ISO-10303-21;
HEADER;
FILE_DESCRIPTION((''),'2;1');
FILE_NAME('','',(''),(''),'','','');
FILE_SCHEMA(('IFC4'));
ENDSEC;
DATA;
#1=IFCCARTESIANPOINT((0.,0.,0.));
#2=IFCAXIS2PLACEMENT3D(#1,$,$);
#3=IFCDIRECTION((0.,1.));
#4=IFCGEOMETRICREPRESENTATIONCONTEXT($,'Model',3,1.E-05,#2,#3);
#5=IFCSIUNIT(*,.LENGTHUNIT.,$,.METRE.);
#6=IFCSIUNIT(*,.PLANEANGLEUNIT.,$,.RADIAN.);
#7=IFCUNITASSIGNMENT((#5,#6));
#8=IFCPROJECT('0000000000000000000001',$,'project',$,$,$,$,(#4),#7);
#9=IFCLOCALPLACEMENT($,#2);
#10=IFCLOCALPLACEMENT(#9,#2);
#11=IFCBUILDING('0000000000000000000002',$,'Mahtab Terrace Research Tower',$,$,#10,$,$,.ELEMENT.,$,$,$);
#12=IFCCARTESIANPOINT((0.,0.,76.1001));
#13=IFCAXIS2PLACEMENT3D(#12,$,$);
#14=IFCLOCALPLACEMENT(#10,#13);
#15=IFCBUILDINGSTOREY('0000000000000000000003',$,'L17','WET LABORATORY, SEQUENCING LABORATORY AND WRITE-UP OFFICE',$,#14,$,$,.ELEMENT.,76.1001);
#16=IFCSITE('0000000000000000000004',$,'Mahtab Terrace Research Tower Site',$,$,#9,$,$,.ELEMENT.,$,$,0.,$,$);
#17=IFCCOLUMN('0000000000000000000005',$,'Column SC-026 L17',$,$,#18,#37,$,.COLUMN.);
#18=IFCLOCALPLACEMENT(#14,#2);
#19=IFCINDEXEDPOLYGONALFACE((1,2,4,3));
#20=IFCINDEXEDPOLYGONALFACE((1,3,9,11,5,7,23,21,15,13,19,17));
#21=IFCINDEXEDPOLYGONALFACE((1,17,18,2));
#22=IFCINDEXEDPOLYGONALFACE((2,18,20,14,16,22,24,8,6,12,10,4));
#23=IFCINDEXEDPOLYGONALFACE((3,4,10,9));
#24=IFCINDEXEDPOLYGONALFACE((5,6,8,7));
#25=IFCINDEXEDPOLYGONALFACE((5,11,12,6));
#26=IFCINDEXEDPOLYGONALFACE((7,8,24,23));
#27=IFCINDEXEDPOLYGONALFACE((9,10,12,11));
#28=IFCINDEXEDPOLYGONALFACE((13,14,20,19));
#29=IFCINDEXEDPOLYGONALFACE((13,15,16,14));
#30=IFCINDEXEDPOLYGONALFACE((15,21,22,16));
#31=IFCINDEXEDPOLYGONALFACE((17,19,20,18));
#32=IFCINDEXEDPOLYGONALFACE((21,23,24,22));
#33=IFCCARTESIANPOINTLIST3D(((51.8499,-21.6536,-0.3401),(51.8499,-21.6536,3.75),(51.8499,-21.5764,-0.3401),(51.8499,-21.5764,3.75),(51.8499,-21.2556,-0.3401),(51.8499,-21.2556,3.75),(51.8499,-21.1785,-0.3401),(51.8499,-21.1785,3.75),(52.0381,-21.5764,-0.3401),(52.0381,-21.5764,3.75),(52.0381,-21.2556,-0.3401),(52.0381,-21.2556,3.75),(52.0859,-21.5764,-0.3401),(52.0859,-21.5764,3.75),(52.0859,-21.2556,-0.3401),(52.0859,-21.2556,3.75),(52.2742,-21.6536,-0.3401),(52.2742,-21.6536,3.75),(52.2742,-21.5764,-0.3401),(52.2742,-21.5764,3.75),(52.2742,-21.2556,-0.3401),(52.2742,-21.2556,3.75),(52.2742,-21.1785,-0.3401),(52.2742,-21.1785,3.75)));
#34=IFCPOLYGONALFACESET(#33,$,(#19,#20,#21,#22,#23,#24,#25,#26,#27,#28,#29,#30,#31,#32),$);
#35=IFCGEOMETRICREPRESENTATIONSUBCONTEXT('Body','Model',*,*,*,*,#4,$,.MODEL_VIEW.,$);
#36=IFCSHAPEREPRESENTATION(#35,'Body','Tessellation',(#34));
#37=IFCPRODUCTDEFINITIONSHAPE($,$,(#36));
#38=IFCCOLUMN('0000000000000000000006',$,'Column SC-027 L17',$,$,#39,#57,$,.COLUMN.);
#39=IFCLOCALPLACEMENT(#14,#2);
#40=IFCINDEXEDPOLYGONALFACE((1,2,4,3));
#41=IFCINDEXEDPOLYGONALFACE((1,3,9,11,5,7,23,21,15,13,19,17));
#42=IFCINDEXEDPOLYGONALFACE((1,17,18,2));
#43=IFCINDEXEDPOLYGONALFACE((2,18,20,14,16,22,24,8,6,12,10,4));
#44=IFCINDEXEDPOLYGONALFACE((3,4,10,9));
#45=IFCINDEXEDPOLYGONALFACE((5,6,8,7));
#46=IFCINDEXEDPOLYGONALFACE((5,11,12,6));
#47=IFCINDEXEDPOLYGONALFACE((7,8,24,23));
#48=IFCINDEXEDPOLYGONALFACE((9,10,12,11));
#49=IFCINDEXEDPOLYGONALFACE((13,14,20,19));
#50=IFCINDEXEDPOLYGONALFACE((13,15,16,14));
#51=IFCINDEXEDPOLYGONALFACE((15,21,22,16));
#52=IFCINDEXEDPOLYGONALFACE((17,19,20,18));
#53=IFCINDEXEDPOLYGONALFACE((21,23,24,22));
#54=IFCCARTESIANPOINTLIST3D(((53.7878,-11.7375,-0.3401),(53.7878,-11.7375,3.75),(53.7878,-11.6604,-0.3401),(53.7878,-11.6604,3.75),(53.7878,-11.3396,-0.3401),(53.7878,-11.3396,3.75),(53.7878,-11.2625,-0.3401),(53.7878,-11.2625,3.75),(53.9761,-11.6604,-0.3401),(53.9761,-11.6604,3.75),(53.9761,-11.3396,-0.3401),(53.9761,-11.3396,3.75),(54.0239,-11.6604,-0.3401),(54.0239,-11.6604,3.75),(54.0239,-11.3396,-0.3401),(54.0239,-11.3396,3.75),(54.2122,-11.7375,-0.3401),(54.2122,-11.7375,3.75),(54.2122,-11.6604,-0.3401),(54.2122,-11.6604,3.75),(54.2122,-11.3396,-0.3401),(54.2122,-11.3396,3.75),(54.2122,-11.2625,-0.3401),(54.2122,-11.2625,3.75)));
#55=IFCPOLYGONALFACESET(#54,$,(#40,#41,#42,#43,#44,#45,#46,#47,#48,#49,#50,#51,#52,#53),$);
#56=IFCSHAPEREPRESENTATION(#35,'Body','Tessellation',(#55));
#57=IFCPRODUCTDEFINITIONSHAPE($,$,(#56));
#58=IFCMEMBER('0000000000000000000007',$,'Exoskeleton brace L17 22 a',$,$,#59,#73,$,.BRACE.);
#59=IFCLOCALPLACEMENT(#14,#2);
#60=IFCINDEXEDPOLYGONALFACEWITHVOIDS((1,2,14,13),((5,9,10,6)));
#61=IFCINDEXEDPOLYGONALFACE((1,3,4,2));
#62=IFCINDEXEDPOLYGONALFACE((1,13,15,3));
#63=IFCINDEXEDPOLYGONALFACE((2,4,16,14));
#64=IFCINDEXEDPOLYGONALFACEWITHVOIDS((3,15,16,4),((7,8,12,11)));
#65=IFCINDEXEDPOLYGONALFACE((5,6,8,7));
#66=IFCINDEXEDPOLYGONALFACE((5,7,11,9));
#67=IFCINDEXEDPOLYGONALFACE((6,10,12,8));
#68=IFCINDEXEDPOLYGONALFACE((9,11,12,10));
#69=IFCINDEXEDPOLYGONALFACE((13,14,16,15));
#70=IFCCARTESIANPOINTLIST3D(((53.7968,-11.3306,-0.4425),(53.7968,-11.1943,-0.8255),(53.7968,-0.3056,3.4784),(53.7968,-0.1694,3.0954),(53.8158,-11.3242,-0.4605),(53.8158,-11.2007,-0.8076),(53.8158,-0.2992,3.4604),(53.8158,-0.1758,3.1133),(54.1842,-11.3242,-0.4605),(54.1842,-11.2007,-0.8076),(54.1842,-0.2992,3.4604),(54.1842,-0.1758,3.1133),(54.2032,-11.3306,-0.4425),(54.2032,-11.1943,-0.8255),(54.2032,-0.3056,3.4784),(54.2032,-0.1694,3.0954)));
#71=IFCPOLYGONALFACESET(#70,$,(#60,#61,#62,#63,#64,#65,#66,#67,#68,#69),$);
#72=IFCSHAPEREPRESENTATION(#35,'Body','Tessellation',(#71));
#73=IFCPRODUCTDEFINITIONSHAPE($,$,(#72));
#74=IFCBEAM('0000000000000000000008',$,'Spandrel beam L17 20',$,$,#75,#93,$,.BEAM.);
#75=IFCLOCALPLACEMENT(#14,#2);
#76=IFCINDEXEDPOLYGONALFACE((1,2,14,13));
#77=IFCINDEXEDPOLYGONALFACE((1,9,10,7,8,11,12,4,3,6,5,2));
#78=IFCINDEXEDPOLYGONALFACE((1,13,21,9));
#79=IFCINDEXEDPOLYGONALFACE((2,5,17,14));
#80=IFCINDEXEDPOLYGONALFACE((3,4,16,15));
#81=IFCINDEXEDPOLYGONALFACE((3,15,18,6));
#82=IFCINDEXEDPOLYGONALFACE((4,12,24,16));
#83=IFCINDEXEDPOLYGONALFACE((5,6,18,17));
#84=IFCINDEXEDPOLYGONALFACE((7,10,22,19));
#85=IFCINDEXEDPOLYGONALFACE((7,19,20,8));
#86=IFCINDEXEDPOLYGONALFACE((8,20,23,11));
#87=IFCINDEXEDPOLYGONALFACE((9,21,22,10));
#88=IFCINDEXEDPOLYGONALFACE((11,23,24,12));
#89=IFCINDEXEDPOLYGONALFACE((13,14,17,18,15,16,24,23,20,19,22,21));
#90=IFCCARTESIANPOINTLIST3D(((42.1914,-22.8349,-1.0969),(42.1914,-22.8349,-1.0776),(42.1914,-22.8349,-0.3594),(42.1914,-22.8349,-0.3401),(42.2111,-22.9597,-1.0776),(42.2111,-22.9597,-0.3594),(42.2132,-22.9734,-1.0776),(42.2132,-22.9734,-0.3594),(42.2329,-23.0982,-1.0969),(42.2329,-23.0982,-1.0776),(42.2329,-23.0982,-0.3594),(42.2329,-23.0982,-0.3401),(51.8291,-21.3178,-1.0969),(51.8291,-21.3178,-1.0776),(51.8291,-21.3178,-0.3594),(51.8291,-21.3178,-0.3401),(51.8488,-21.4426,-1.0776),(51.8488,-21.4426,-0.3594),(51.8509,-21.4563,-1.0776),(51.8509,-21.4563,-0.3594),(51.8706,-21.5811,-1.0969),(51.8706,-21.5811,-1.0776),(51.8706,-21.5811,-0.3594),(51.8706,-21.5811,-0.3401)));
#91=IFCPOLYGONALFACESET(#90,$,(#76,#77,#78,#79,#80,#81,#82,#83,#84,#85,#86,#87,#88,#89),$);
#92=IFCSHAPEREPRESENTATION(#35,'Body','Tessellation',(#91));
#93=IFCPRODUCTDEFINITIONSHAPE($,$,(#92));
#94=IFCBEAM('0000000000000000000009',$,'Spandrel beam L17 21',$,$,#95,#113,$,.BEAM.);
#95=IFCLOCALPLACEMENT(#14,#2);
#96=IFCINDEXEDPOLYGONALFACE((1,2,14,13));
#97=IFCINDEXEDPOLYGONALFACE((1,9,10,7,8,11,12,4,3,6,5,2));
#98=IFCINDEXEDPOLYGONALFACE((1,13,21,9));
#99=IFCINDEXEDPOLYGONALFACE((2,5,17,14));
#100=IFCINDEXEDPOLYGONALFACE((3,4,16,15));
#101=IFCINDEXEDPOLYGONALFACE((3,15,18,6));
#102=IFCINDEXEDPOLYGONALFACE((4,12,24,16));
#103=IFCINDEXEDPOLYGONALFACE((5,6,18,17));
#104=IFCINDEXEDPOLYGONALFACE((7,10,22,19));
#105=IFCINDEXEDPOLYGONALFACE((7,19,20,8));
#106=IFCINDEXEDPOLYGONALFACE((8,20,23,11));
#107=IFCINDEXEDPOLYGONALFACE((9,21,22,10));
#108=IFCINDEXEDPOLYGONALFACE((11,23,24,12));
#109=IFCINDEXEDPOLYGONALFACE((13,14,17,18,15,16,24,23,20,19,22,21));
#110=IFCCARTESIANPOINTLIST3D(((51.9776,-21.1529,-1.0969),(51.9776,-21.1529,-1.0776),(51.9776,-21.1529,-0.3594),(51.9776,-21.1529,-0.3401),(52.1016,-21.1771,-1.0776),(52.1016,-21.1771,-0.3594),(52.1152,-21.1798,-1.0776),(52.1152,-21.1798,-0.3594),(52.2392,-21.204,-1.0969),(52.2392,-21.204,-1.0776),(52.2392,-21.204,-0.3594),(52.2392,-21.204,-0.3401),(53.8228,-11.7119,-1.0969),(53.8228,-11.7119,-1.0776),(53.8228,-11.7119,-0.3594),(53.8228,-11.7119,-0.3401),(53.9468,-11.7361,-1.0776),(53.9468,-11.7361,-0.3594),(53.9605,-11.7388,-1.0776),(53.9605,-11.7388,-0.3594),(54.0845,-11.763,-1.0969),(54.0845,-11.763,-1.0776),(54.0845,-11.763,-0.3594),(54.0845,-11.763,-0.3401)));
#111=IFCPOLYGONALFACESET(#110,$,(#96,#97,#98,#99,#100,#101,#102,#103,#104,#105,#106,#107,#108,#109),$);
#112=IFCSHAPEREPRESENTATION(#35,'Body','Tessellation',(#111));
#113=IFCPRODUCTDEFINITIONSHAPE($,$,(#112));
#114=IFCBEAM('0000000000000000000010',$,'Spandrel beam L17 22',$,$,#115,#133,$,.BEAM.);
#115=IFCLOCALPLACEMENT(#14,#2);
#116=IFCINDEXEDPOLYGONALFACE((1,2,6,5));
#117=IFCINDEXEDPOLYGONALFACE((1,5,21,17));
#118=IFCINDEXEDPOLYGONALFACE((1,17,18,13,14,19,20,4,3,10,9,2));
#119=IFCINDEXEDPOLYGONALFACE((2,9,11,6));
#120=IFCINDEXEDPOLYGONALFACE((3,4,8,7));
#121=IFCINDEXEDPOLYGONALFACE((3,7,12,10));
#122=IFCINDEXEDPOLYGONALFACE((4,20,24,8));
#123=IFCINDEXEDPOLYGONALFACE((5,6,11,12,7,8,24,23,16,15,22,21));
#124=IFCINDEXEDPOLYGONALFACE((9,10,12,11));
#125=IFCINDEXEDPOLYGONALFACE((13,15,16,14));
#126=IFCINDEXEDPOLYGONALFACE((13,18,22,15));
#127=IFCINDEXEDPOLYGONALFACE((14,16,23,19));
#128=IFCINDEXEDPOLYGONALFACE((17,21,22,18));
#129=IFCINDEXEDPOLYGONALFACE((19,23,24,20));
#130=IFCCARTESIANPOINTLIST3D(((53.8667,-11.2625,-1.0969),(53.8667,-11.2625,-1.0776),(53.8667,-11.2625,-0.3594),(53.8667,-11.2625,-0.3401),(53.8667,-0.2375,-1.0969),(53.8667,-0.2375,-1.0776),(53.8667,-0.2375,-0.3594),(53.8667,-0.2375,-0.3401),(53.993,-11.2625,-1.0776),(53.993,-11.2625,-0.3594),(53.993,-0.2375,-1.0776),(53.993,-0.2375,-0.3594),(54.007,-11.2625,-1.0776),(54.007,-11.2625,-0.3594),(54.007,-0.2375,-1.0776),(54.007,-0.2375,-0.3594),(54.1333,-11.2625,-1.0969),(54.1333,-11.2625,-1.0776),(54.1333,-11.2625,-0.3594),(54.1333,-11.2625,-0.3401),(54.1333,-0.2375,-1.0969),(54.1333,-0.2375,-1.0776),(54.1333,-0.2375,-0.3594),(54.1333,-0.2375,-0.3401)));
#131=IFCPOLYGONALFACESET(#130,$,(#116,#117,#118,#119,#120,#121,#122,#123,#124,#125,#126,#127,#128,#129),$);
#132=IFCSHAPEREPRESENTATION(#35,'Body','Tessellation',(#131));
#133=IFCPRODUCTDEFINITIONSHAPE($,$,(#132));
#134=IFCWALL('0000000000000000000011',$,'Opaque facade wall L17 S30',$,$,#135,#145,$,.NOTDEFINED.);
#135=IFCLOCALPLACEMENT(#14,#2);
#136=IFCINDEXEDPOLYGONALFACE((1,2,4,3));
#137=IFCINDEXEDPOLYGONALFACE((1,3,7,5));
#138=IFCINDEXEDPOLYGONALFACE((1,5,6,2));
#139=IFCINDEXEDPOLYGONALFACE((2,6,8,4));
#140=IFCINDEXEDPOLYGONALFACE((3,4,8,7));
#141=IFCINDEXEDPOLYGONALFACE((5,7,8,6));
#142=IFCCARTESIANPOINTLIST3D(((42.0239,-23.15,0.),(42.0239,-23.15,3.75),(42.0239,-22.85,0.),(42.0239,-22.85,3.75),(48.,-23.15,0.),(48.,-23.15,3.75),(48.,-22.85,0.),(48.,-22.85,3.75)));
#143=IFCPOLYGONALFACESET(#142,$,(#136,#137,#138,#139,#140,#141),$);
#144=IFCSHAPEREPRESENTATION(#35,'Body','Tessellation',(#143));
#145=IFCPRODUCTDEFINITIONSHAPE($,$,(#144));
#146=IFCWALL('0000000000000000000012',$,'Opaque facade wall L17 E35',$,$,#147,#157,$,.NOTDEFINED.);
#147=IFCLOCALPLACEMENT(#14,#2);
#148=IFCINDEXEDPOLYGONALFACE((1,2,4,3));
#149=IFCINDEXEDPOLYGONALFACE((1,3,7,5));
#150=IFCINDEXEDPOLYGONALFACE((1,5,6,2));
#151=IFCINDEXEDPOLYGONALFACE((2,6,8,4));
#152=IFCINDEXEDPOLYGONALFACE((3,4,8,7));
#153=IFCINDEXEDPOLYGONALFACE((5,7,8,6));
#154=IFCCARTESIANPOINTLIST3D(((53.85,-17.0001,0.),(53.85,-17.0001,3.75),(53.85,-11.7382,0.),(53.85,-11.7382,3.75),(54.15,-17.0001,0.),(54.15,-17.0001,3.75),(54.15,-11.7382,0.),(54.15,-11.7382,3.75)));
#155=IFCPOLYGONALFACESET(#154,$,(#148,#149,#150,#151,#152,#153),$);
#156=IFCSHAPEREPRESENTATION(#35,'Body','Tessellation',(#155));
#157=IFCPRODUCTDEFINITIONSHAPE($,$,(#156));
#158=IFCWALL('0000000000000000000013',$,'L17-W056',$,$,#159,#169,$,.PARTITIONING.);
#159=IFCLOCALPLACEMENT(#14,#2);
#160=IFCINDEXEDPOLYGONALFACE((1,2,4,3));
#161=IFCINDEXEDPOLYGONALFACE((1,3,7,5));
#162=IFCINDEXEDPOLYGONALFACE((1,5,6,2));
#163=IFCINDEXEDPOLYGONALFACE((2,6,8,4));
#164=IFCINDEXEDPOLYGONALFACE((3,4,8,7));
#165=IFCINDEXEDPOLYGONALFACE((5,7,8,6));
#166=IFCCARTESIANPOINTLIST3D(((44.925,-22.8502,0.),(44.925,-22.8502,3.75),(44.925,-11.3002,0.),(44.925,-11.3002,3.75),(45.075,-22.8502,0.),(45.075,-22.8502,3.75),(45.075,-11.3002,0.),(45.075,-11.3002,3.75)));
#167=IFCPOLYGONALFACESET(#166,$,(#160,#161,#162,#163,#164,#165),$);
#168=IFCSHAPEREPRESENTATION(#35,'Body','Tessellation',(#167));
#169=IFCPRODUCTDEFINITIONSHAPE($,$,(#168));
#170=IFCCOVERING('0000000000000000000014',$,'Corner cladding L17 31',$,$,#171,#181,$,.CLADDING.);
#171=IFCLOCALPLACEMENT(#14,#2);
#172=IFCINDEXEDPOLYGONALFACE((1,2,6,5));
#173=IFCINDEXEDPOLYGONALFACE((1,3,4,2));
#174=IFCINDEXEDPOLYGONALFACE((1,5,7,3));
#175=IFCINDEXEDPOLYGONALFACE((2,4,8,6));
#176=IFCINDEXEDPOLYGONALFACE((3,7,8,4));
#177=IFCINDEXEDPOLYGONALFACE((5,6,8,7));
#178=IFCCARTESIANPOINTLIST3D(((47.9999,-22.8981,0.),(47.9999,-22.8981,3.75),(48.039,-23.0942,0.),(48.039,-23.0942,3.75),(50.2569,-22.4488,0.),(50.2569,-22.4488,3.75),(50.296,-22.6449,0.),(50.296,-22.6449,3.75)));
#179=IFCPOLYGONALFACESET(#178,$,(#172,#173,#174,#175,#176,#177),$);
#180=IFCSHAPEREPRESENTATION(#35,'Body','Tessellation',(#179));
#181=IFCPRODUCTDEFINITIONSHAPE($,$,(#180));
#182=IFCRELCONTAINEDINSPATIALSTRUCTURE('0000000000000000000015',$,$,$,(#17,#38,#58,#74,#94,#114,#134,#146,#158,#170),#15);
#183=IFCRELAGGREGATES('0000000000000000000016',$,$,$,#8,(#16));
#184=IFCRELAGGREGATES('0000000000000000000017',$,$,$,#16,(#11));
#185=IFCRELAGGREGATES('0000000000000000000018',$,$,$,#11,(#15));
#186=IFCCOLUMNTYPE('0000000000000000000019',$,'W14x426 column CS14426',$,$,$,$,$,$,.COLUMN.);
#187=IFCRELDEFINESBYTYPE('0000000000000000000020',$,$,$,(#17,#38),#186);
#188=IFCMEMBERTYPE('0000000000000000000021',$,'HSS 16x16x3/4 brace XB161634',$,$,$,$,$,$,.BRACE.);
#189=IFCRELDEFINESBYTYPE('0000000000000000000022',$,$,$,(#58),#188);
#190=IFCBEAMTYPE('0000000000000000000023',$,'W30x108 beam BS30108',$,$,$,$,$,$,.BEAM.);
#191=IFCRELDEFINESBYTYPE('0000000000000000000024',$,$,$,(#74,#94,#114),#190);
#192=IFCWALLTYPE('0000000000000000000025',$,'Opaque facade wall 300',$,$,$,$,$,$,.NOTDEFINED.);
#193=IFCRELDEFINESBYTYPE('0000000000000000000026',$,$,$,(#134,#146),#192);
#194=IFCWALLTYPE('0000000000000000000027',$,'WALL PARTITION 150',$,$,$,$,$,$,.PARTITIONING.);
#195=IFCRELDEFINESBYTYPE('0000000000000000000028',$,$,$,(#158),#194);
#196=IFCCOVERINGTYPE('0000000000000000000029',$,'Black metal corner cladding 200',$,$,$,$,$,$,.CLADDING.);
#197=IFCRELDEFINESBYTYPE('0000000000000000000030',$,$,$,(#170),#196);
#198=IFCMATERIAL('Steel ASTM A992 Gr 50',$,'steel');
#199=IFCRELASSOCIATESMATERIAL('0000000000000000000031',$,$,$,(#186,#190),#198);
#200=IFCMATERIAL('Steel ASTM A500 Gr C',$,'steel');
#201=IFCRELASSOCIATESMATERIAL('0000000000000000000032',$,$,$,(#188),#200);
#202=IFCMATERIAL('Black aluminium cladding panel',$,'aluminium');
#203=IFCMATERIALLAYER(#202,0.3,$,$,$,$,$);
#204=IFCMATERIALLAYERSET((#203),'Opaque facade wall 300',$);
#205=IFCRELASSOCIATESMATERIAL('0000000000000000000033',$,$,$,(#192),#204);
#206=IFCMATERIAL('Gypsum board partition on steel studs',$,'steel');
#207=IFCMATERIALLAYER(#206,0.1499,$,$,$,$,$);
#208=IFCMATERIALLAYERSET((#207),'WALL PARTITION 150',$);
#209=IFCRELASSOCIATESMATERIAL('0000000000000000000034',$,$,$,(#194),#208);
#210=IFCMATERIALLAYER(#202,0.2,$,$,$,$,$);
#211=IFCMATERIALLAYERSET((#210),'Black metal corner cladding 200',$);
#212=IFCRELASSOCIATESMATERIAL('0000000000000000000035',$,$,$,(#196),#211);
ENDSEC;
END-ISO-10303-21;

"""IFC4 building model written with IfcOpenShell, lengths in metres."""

from ifc_helpers import new_model, si_unit, direction, frame, frame_2d, origin, origin_2d, place, context, subcontext, project, spatial, rectangle, hollow_rectangle, i_section, extrude, material, layer, layer_set, material_profile, profile_set, type_object, element, save


model = new_model("IFC4")

# Units and contexts
model_context = context("Model", 3, precision=1e-05, world=origin(), true_north=direction((0.0, 1.0)))
body_context = subcontext(model_context, "Body", "Model", "MODEL_VIEW")
ifc_project = project(units=[si_unit("LENGTHUNIT", "METRE"), si_unit("PLANEANGLEUNIT", "RADIAN")], contexts=[model_context])

# Site, building, storey
site_placement = place(None, origin())
site = spatial("IfcSite", under=ifc_project, at=site_placement, Name="Mahtab Terrace Research Tower Site", CompositionType="ELEMENT", RefElevation=0.0)
building_placement = place(site_placement, origin())
building = spatial("IfcBuilding", under=site, at=building_placement, Name="Mahtab Terrace Research Tower", CompositionType="ELEMENT")
storey_placement = place(building_placement, frame((0.0, 0.0, 76.1001)))
storey = spatial("IfcBuildingStorey", under=building, at=storey_placement, Name="L17", Description="WET LABORATORY, SEQUENCING LABORATORY AND WRITE-UP OFFICE", CompositionType="ELEMENT", Elevation=76.1001)

# Columns
ifc_material_1 = material(Name="Steel ASTM A992 Gr 50", Category="steel")
ifc_material_profile_1 = material_profile(ifc_material_1, i_section(OverallWidth=0.4243, OverallDepth=0.4751, WebThickness=0.0479, FlangeThickness=0.0771, at=origin_2d()), Name="W14X426")
ifc_profile_set_1 = profile_set([ifc_material_profile_1], Name="Steel ASTM A992 Gr 50")
column_type = type_object("IfcColumnType", Name="W14x426 column CS14426", PredefinedType="COLUMN", material=ifc_profile_set_1)
for number, where, z_axis, x_axis, name in (
    (1, (52.062, -21.416, -0.3401), (0.0, 0.0, 1.0), (1.0, 0.0, 0.0), "Column SC-026 L17"),
    (2, (54.0, -11.5, -0.3401), (0.0, 0.0, 1.0), (1.0, 0.0, 0.0), "Column SC-027 L17"),
):
    element("IfcColumn", number, at=place(storey_placement, frame(where, z_axis=z_axis, x_axis=x_axis)), inside=storey, type_object=column_type, Name=name, PredefinedType="COLUMN", context=body_context, shape_type="SweptSolid", body=[
        extrude(i_section(OverallWidth=0.4243, OverallDepth=0.4751, WebThickness=0.0479, FlangeThickness=0.0771, at=origin_2d()), origin(), (0.0, 0.0, 1.0), 4.0901),
    ])

# Member
ifc_material_2 = material(Name="Steel ASTM A500 Gr C", Category="steel")
ifc_material_profile_2 = material_profile(ifc_material_2, hollow_rectangle(XDim=0.4065, YDim=0.4065, WallThickness=0.019, at=origin_2d()), Name="HSS16X16X3/4")
ifc_profile_set_2 = profile_set([ifc_material_profile_2], Name="Steel ASTM A500 Gr C")
member_type = type_object("IfcMemberType", Name="HSS 16x16x3/4 brace XB161634", PredefinedType="BRACE", material=ifc_profile_set_2)
member_placement = place(storey_placement, frame((54.0, -11.2625, -0.634), z_axis=(0.0, 0.94219, 0.33508), x_axis=(-1.0, 0.0, 0.0)))
element("IfcMember", 3, at=member_placement, inside=storey, type_object=member_type, Name="Exoskeleton brace L17 22 a", PredefinedType="BRACE", context=body_context, shape_type="SweptSolid", body=[
    extrude(hollow_rectangle(XDim=0.4065, YDim=0.4065, WallThickness=0.019, at=origin_2d()), origin(), (0.0, 0.0, 1.0), 11.7014),
])

# Beams
ifc_material_profile_3 = material_profile(ifc_material_1, i_section(OverallWidth=0.2666, OverallDepth=0.7568, WebThickness=0.0139, FlangeThickness=0.0193, at=origin_2d()), Name="W30X108")
ifc_profile_set_3 = profile_set([ifc_material_profile_3], Name="Steel ASTM A992 Gr 50")
beam_type = type_object("IfcBeamType", Name="W30x108 beam BS30108", PredefinedType="BEAM", material=ifc_profile_set_3)
beam_1_placement = place(storey_placement, frame((42.2122, -22.9666, -0.7185), z_axis=(0.987836, 0.155497, 0.0), x_axis=(-0.155497, 0.987836, 0.0)))
element("IfcBeam", 4, at=beam_1_placement, inside=storey, type_object=beam_type, Name="Spandrel beam L17 20", PredefinedType="BEAM", context=body_context, shape_type="SweptSolid", body=[
    extrude(i_section(OverallWidth=0.2666, OverallDepth=0.7568, WebThickness=0.0139, FlangeThickness=0.0193, at=origin_2d()), origin(), (0.0, 0.0, 1.0), 9.7563),
])
beam_2_placement = place(storey_placement, frame((52.1084, -21.1785, -0.7185), z_axis=(0.191819, 0.98143, 0.0), x_axis=(-0.98143, 0.191819, 0.0)))
element("IfcBeam", 5, at=beam_2_placement, inside=storey, type_object=beam_type, Name="Spandrel beam L17 21", PredefinedType="BEAM", context=body_context, shape_type="SweptSolid", body=[
    extrude(i_section(OverallWidth=0.2666, OverallDepth=0.7568, WebThickness=0.0139, FlangeThickness=0.0193, at=origin_2d()), origin(), (0.0, 0.0, 1.0), 9.6196),
])
beam_3_placement = place(storey_placement, frame((54.0, -11.2625, -0.7185), z_axis=(0.0, 1.0, 0.0), x_axis=(-1.0, 0.0, 0.0)))
element("IfcBeam", 6, at=beam_3_placement, inside=storey, type_object=beam_type, Name="Spandrel beam L17 22", PredefinedType="BEAM", context=body_context, shape_type="SweptSolid", body=[
    extrude(i_section(OverallWidth=0.2666, OverallDepth=0.7568, WebThickness=0.0139, FlangeThickness=0.0193, at=origin_2d()), origin(), (0.0, 0.0, 1.0), 11.0249),
])

# Walls
ifc_material_3 = material(Name="Black aluminium cladding panel", Category="aluminium")
ifc_layer_1 = layer(ifc_material_3, 0.3)
ifc_layer_set_1 = layer_set([ifc_layer_1], Name="Opaque facade wall 300")
wall_type_1 = type_object("IfcWallType", Name="Opaque facade wall 300", PredefinedType="NOTDEFINED", material=ifc_layer_set_1)
wall_1_placement = place(storey_placement, frame((42.0239, -23.0, 0.0), z_axis=(0.0, 0.0, 1.0), x_axis=(1.0, 0.0, 0.0)))
element("IfcWall", 7, at=wall_1_placement, inside=storey, type_object=wall_type_1, Name="Opaque facade wall L17 S30", PredefinedType="NOTDEFINED", context=body_context, shape_type="SweptSolid", body=[
    extrude(rectangle(XDim=5.9761, YDim=0.3, at=frame_2d((2.988, 0.0))), origin(), (0.0, 0.0, 1.0), 3.75),
])
wall_2_placement = place(storey_placement, frame((54.0, -17.0, 0.0), z_axis=(0.0, 0.0, 1.0), x_axis=(0.0, 1.0, 0.0)))
element("IfcWall", 8, at=wall_2_placement, inside=storey, type_object=wall_type_1, Name="Opaque facade wall L17 E35", PredefinedType="NOTDEFINED", context=body_context, shape_type="SweptSolid", body=[
    extrude(rectangle(XDim=5.262, YDim=0.3, at=frame_2d((2.6309, 0.0))), origin(), (0.0, 0.0, 1.0), 3.75),
])
ifc_material_4 = material(Name="Gypsum board partition on steel studs", Category="steel")
ifc_layer_2 = layer(ifc_material_4, 0.1499)
ifc_layer_set_2 = layer_set([ifc_layer_2], Name="WALL PARTITION 150")
wall_type_2 = type_object("IfcWallType", Name="WALL PARTITION 150", PredefinedType="PARTITIONING", material=ifc_layer_set_2)
wall_3_placement = place(storey_placement, frame((45.0, -22.8501, 0.0), z_axis=(0.0, 0.0, 1.0), x_axis=(0.0, 1.0, 0.0)))
element("IfcWall", 9, at=wall_3_placement, inside=storey, type_object=wall_type_2, Name="L17-W056", PredefinedType="PARTITIONING", context=body_context, shape_type="SweptSolid", body=[
    extrude(rectangle(XDim=11.55, YDim=0.1499, at=frame_2d((5.7749, 0.0))), origin(), (0.0, 0.0, 1.0), 3.75),
])

# Covering
ifc_layer_3 = layer(ifc_material_3, 0.2)
ifc_layer_set_3 = layer_set([ifc_layer_3], Name="Black metal corner cladding 200")
covering_type_1 = type_object("IfcCoveringType", Name="Black metal corner cladding 200", PredefinedType="CLADDING", material=ifc_layer_set_3)
covering_1_placement = place(storey_placement, frame((49.1479, -22.7715, 0.0), z_axis=(0.0, 0.0, 1.0), x_axis=(0.980761, 0.195212, 0.0)))
element("IfcCovering", 10, at=covering_1_placement, inside=storey, type_object=covering_type_1, Name="Corner cladding L17 31", PredefinedType="CLADDING", context=body_context, shape_type="SweptSolid", body=[
    extrude(rectangle(XDim=2.3013, YDim=0.2, at=origin_2d()), origin(), (0.0, 0.0, 1.0), 3.75),
])

save(model, "model.ifc")
